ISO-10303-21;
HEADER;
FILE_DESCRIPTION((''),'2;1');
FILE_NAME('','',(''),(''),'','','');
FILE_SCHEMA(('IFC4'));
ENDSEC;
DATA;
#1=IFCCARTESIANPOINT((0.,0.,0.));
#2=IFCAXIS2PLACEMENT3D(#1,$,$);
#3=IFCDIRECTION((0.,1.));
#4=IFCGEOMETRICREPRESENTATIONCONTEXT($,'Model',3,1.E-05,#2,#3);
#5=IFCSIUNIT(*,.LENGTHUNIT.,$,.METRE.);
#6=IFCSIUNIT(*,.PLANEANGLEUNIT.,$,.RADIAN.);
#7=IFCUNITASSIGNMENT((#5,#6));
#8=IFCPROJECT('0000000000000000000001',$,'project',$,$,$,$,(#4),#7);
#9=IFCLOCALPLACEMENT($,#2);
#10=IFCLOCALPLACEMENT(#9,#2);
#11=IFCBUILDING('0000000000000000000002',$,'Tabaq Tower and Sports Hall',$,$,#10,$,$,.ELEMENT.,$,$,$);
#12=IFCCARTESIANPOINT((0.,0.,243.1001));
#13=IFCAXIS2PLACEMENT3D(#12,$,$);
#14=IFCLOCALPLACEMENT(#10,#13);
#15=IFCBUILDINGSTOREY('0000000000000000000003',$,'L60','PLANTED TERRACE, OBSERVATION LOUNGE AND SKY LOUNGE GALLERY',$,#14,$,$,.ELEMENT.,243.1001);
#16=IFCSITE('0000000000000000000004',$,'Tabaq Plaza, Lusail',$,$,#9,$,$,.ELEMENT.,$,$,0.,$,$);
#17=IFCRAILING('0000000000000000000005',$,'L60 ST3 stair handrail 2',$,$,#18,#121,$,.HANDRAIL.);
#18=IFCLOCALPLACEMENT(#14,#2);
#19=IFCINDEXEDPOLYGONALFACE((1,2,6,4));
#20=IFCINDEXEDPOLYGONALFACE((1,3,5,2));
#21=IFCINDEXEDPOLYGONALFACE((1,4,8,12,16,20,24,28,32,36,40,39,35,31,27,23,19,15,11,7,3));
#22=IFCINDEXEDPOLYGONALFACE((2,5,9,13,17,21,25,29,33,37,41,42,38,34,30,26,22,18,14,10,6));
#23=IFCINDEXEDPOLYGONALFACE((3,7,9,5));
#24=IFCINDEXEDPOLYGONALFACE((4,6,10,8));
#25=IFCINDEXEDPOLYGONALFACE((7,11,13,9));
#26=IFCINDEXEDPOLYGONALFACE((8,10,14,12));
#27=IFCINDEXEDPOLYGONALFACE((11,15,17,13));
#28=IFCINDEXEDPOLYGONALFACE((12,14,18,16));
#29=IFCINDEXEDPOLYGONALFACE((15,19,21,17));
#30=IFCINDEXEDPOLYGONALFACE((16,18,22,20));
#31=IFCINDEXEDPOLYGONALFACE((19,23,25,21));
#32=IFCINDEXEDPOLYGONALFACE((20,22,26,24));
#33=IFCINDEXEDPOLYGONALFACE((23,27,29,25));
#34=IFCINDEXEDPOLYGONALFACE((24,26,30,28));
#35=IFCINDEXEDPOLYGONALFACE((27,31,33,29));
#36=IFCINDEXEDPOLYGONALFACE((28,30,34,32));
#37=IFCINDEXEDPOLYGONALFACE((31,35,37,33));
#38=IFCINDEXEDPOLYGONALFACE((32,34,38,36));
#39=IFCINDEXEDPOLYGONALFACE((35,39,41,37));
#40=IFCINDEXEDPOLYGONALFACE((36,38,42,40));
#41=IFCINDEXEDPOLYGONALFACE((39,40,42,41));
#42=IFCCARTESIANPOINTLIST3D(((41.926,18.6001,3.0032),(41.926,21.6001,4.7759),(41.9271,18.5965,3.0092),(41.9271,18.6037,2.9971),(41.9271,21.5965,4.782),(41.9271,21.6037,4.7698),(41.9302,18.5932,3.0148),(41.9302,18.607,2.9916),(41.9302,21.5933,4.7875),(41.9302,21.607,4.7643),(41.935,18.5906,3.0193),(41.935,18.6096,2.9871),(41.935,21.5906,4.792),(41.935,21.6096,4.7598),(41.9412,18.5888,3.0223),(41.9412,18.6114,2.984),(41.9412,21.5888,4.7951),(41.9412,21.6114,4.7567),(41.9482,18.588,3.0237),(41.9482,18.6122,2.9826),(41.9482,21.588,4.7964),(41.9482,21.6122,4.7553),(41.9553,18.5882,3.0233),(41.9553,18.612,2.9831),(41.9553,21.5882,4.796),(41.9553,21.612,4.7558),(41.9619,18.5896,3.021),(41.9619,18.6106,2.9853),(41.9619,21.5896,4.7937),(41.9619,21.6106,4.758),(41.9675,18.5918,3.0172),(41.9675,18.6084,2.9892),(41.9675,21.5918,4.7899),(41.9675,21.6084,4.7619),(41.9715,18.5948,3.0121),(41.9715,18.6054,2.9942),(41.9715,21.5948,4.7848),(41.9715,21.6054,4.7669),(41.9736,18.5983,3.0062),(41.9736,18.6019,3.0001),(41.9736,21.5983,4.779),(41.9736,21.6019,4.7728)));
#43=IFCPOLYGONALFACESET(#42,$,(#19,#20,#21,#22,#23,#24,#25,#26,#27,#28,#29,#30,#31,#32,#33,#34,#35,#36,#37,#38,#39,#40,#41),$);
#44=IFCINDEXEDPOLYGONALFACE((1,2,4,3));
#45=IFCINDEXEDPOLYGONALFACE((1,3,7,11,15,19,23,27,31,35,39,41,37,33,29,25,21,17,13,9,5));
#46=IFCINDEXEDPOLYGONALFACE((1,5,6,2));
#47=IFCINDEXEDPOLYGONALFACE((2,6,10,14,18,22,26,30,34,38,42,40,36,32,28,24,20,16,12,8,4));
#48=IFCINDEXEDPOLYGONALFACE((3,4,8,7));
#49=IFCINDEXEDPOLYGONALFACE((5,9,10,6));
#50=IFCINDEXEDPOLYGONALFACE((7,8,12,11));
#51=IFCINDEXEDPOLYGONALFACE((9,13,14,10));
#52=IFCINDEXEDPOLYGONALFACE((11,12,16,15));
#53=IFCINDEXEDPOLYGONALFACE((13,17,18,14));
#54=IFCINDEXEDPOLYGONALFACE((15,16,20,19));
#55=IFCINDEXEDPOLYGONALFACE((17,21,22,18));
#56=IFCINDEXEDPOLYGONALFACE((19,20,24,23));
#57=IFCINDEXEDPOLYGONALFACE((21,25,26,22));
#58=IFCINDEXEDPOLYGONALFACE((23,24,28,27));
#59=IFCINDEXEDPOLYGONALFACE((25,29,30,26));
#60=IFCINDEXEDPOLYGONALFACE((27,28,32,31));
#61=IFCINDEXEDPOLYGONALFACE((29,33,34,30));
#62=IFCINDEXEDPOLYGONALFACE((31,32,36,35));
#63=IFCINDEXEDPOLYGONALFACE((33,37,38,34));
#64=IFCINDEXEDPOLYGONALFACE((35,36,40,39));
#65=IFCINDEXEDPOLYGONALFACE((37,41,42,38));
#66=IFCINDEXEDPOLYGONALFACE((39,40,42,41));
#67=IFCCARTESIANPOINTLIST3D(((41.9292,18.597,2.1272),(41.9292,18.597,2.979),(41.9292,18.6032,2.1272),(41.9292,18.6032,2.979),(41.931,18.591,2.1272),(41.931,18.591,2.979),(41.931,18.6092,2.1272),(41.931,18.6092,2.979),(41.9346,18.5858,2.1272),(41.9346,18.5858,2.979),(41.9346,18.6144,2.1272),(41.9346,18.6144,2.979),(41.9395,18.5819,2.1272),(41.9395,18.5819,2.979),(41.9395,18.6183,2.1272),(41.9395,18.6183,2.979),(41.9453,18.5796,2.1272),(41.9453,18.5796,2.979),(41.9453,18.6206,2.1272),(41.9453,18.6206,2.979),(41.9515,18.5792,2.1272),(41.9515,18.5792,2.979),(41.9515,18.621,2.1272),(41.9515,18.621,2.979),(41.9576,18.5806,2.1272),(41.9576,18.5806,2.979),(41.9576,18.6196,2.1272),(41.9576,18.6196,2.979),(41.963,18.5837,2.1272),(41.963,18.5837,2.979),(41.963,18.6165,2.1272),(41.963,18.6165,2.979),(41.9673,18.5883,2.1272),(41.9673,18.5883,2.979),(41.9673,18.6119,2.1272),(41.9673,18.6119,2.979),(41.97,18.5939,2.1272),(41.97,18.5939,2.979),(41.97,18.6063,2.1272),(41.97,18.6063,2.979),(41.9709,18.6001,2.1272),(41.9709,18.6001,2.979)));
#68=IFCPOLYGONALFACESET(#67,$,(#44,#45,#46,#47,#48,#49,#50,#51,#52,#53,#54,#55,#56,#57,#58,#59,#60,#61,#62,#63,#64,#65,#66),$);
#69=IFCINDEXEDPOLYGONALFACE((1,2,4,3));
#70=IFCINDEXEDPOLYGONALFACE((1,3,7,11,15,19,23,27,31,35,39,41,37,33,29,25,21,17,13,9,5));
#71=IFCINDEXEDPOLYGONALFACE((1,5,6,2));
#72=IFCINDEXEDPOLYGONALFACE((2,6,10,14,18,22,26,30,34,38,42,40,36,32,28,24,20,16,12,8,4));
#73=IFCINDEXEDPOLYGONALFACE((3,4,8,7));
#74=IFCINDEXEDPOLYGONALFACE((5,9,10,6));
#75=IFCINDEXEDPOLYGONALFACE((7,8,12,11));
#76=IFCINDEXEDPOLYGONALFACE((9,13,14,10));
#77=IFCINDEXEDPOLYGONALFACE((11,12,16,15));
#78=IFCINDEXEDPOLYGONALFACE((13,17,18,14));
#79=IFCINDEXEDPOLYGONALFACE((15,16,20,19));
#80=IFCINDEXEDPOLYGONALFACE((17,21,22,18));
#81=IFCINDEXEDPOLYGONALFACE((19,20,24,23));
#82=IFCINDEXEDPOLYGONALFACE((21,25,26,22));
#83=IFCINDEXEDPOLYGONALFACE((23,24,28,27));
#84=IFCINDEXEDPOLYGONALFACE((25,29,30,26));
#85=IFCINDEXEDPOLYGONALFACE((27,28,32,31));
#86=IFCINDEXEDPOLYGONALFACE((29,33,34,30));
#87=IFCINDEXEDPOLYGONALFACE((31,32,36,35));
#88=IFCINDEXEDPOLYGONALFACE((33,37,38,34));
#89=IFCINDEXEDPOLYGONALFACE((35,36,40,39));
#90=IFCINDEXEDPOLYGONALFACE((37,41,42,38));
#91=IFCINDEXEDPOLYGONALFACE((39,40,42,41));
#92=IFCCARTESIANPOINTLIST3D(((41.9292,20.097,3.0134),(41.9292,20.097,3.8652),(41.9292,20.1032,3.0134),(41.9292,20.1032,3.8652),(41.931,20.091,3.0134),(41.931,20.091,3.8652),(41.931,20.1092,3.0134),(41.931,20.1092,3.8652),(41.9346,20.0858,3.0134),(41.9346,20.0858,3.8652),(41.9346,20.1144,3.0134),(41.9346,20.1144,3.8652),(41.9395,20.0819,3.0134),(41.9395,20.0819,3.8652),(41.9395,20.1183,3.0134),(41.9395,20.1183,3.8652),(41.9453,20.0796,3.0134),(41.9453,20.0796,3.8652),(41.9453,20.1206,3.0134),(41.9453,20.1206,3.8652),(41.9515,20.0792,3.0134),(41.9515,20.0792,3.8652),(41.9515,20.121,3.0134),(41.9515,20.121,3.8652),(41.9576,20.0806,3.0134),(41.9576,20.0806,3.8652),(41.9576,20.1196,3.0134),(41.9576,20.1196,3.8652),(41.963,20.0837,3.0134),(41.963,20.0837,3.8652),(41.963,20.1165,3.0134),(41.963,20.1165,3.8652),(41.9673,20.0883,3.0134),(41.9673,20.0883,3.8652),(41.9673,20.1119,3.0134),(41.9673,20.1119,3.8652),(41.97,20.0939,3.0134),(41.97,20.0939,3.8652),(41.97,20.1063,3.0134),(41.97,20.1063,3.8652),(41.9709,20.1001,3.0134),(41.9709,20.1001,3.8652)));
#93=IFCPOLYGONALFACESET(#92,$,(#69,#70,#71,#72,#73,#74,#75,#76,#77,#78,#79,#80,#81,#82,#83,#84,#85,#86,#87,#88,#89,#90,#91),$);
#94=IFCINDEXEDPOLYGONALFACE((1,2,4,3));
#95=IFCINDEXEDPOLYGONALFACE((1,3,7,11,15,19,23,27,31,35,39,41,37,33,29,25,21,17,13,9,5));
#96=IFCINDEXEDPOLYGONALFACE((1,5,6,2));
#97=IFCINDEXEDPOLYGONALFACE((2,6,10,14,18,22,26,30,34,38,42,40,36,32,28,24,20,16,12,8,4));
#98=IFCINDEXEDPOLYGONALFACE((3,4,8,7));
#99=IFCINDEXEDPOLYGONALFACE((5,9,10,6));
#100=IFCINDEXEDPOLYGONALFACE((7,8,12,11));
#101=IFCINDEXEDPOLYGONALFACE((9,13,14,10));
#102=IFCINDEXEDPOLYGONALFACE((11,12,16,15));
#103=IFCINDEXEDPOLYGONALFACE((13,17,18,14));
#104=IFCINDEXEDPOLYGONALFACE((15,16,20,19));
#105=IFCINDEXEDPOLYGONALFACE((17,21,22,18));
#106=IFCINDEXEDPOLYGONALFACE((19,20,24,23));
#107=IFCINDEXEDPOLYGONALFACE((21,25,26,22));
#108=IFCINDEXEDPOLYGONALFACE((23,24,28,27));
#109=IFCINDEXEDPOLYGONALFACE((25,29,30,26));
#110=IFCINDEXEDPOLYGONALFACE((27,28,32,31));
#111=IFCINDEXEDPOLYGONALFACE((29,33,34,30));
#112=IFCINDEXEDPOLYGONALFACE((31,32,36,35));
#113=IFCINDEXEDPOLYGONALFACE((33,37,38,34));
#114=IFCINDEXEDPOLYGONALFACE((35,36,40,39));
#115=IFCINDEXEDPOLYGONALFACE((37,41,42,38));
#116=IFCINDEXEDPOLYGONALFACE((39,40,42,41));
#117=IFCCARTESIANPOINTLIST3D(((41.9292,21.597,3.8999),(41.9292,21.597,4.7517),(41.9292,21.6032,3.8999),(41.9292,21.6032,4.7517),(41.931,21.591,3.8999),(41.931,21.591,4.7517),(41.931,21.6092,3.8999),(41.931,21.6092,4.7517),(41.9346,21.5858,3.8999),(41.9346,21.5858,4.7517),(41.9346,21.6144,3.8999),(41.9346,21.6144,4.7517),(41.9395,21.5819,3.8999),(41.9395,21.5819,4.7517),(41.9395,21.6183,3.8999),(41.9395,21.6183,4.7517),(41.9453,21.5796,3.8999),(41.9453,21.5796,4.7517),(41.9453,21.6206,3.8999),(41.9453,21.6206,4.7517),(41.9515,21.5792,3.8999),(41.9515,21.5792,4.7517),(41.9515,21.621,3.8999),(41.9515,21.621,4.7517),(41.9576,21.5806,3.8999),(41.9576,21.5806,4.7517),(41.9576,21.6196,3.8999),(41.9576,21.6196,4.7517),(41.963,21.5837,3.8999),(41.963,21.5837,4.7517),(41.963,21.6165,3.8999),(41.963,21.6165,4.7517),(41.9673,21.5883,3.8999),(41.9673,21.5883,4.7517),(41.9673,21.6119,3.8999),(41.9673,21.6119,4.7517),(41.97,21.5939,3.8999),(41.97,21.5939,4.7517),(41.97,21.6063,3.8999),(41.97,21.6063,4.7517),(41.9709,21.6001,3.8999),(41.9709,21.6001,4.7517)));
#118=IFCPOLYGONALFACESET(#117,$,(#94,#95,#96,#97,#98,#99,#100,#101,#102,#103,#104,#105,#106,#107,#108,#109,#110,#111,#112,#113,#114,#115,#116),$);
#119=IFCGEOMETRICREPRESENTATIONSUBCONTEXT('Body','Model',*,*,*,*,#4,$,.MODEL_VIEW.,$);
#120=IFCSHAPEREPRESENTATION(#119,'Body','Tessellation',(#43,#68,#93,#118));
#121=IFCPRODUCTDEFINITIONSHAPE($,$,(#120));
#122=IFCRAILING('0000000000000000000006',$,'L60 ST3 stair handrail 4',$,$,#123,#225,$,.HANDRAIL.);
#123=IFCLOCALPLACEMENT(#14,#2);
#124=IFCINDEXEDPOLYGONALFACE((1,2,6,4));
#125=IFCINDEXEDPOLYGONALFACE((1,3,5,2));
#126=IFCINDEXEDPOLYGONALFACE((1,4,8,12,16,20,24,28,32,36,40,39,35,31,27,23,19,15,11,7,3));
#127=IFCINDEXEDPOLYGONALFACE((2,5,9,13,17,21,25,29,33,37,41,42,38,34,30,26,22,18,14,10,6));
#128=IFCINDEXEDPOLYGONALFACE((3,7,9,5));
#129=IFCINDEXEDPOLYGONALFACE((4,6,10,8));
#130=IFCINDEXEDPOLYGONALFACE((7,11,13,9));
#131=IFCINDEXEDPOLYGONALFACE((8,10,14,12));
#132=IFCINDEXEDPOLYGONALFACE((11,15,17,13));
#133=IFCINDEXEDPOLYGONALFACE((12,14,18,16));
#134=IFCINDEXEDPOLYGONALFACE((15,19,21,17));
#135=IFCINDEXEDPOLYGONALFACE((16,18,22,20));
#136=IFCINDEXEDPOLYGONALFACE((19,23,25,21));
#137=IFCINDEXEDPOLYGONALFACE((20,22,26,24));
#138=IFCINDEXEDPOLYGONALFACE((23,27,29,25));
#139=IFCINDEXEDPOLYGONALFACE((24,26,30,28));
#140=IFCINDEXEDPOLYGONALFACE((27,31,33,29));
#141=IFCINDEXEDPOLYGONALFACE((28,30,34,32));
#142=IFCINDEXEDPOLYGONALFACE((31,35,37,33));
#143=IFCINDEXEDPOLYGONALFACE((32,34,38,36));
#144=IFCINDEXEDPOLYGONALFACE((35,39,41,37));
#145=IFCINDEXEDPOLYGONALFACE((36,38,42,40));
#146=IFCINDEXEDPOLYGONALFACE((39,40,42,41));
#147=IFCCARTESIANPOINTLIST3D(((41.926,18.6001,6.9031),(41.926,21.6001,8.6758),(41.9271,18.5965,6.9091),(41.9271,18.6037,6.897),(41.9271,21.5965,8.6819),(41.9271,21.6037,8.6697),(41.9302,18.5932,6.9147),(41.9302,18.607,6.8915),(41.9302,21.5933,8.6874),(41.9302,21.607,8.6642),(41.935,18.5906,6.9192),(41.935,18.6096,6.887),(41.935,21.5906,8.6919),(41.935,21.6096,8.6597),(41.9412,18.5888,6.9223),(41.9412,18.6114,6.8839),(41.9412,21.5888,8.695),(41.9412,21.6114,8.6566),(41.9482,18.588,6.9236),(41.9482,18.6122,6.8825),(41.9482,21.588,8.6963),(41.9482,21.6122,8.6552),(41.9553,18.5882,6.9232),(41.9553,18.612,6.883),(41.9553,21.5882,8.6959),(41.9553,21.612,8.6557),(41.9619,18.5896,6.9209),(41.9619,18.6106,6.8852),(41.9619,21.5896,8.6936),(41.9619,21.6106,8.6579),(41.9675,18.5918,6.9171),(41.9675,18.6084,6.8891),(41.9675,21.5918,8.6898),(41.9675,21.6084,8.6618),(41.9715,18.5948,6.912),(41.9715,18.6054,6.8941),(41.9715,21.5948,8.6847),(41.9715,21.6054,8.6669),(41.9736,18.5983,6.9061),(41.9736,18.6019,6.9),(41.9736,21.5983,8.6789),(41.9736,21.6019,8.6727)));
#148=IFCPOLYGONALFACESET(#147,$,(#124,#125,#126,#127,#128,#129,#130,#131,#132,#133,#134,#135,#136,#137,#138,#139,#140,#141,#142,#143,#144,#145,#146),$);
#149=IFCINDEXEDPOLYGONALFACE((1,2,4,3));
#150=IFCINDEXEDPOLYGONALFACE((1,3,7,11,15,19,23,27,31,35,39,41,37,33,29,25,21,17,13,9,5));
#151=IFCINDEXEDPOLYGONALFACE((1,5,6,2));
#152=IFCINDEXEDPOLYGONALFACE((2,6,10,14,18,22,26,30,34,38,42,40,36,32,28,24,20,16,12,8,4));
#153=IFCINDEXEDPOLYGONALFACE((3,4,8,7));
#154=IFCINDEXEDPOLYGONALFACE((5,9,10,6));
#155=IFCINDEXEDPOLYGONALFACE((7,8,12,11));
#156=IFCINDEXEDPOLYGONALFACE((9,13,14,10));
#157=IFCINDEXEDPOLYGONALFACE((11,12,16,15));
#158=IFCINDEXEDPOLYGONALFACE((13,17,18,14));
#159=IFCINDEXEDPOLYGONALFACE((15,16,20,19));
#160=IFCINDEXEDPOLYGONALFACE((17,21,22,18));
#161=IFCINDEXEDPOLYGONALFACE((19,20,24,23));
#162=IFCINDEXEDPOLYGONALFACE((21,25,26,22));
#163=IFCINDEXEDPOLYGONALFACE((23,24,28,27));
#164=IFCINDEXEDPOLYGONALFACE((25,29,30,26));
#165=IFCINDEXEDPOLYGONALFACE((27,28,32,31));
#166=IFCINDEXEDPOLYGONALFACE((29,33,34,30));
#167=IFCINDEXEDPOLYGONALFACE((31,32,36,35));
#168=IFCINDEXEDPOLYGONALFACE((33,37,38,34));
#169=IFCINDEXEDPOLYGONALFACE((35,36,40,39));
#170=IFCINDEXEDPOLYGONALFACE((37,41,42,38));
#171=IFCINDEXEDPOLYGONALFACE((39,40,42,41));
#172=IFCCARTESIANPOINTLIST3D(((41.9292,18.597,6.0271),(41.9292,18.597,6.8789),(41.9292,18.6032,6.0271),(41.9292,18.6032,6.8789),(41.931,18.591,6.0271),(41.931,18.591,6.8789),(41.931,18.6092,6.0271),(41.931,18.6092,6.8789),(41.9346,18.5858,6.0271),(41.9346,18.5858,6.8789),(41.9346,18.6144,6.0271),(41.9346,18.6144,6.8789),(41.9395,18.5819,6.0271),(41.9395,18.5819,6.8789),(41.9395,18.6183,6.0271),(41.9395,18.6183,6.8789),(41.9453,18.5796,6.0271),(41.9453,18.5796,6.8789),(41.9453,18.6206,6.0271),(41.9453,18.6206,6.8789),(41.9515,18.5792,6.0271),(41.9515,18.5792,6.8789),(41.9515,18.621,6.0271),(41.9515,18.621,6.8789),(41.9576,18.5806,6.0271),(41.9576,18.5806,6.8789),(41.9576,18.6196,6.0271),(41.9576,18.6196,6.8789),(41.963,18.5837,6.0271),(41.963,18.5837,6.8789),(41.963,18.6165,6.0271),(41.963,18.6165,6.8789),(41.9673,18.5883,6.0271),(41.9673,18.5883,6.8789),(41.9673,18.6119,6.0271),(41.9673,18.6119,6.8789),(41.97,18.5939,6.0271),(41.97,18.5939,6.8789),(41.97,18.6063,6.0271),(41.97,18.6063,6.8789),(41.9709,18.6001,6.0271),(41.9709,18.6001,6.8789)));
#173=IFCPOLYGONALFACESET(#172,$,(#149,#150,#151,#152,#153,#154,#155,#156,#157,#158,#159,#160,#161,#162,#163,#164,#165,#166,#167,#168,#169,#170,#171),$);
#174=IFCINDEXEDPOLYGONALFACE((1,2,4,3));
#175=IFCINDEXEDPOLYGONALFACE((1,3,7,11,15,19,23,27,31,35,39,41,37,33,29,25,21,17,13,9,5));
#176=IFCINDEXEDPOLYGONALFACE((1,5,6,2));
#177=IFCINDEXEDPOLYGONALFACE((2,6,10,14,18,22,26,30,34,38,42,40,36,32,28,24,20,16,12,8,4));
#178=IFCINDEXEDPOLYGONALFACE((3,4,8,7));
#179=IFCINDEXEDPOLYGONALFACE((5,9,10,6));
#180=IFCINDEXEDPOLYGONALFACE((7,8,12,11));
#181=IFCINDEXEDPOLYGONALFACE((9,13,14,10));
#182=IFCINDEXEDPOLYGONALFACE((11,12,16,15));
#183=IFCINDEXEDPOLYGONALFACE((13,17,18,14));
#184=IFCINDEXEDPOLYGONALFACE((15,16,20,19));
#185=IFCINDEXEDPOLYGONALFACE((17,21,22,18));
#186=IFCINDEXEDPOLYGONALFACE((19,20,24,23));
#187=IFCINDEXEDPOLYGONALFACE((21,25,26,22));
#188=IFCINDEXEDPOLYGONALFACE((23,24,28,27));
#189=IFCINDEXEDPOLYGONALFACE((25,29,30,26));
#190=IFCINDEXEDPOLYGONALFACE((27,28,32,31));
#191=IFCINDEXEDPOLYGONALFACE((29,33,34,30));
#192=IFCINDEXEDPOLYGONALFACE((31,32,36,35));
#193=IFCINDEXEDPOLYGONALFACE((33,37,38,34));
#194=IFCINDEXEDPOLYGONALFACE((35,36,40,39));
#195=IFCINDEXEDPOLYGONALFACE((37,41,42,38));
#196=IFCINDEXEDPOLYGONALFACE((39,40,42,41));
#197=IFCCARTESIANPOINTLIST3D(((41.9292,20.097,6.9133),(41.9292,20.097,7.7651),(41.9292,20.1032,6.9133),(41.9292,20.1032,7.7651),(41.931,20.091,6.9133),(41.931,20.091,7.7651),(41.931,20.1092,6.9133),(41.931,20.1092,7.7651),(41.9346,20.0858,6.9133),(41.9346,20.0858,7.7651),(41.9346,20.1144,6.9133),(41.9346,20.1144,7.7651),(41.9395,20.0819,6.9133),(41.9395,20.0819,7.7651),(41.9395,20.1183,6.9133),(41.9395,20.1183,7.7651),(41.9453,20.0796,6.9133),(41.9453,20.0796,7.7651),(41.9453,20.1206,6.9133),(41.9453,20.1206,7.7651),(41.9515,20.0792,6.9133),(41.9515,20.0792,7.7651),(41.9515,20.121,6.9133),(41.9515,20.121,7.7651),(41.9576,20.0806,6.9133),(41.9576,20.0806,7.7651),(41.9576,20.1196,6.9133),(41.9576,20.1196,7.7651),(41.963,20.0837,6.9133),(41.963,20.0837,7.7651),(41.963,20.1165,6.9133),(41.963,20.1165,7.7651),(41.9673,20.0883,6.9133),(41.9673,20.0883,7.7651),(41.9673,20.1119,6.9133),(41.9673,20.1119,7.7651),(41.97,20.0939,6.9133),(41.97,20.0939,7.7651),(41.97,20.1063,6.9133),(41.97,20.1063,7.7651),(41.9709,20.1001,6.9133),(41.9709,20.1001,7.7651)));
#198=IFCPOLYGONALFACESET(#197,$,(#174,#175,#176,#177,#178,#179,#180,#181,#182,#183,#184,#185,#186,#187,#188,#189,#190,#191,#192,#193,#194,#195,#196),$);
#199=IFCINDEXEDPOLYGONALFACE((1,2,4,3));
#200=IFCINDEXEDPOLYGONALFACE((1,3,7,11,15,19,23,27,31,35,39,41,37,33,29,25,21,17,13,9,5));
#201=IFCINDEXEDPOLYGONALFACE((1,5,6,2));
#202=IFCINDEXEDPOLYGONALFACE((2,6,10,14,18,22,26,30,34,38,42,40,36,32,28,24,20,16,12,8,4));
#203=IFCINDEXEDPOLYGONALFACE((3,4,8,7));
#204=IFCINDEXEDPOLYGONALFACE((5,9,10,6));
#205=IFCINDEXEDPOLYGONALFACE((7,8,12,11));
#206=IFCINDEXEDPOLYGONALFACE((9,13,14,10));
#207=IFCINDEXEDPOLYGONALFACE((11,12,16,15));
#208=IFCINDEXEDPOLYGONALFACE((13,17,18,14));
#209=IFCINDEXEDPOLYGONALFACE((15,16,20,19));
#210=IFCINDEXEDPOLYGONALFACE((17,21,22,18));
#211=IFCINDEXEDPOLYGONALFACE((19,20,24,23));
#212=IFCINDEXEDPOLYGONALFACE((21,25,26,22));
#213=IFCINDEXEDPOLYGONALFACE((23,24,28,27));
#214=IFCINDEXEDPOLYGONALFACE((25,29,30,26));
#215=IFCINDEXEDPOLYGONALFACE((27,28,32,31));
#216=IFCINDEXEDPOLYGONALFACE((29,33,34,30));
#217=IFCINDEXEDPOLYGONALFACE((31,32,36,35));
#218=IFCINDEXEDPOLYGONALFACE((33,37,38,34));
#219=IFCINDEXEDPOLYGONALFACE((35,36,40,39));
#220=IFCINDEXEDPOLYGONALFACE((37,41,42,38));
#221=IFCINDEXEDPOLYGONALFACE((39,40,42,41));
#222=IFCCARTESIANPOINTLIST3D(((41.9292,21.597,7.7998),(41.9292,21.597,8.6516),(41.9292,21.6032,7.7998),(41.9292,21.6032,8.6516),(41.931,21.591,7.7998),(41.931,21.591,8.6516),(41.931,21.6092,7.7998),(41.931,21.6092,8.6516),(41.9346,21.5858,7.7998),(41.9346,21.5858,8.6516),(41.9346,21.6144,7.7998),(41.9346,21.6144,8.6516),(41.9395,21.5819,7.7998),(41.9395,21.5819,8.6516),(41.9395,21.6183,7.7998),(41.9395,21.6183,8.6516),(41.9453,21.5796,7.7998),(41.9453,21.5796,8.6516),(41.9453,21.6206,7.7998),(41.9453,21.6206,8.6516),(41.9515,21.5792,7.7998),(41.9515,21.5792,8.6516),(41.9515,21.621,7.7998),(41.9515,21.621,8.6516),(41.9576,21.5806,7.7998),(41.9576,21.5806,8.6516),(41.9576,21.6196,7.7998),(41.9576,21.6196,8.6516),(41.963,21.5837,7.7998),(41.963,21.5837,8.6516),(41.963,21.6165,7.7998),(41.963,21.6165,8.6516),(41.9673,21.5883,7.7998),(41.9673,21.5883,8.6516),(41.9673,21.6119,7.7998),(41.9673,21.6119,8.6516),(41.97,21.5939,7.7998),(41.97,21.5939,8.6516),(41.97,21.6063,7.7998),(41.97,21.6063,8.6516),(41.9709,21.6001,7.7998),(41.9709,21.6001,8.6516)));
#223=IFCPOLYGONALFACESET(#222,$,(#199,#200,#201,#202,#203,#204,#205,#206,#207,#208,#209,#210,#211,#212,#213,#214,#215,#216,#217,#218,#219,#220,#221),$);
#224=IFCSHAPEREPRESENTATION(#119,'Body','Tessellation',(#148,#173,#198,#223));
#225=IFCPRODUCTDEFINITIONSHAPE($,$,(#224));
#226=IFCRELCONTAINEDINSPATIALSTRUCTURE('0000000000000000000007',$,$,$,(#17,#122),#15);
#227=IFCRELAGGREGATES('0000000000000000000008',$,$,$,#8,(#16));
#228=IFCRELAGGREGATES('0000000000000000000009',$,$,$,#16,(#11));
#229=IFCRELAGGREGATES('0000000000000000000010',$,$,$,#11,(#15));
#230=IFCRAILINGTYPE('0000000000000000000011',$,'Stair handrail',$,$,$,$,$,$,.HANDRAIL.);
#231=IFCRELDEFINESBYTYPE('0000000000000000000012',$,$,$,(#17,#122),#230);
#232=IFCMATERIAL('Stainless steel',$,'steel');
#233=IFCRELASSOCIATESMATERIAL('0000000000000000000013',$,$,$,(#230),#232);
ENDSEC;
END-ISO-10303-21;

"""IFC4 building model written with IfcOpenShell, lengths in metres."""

from ifc_helpers import new_model, si_unit, direction, frame, origin, origin_2d, place, context, subcontext, project, spatial, circle, extrude, material, type_object, element, save


model = new_model("IFC4")

# Units and contexts
model_context = context("Model", 3, precision=1e-05, world=origin(), true_north=direction((0.0, 1.0)))
body_context = subcontext(model_context, "Body", "Model", "MODEL_VIEW")
ifc_project = project(units=[si_unit("LENGTHUNIT", "METRE"), si_unit("PLANEANGLEUNIT", "RADIAN")], contexts=[model_context])

# Site, building, storey
site_placement = place(None, origin())
site = spatial("IfcSite", under=ifc_project, at=site_placement, Name="Tabaq Plaza, Lusail", CompositionType="ELEMENT", RefElevation=0.0)
building_placement = place(site_placement, origin())
building = spatial("IfcBuilding", under=site, at=building_placement, Name="Tabaq Tower and Sports Hall", CompositionType="ELEMENT")
storey_placement = place(building_placement, frame((0.0, 0.0, 243.1001)))
storey = spatial("IfcBuildingStorey", under=building, at=storey_placement, Name="L60", Description="PLANTED TERRACE, OBSERVATION LOUNGE AND SKY LOUNGE GALLERY", CompositionType="ELEMENT", Elevation=243.1001)

# Railings
ifc_material_1 = material(Name="Stainless steel", Category="steel")
railing_type_1 = type_object("IfcRailingType", Name="Stair handrail", PredefinedType="HANDRAIL", material=ifc_material_1)
for number, where, name in (
    (1, (41.95, 18.6001, 2.1272), "L60 ST3 stair handrail 2"),
    (2, (41.95, 18.6001, 6.0271), "L60 ST3 stair handrail 4"),
):
    element("IfcRailing", number, at=place(storey_placement, frame(where)), inside=storey, type_object=railing_type_1, Name=name, PredefinedType="HANDRAIL", context=body_context, shape_type="SweptSolid", body=[
        extrude(circle(Radius=0.0239, at=origin_2d()), frame((0.0, 0.0, 0.876), z_axis=(0.0, 0.860929, 0.508725), x_axis=(-1.0, 0.0, 0.0)), (0.0, 0.0, 1.0), 3.4846),
        extrude(circle(Radius=0.021, at=origin_2d()), origin(), (0.0, 0.0, 1.0), 0.8518),
        extrude(circle(Radius=0.021, at=origin_2d()), frame((0.0, 1.5, 0.8862)), (0.0, 0.0, 1.0), 0.8518),
        extrude(circle(Radius=0.021, at=origin_2d()), frame((0.0, 3.0, 1.7727)), (0.0, 0.0, 1.0), 0.8518),
    ])

save(model, "model.ifc")
